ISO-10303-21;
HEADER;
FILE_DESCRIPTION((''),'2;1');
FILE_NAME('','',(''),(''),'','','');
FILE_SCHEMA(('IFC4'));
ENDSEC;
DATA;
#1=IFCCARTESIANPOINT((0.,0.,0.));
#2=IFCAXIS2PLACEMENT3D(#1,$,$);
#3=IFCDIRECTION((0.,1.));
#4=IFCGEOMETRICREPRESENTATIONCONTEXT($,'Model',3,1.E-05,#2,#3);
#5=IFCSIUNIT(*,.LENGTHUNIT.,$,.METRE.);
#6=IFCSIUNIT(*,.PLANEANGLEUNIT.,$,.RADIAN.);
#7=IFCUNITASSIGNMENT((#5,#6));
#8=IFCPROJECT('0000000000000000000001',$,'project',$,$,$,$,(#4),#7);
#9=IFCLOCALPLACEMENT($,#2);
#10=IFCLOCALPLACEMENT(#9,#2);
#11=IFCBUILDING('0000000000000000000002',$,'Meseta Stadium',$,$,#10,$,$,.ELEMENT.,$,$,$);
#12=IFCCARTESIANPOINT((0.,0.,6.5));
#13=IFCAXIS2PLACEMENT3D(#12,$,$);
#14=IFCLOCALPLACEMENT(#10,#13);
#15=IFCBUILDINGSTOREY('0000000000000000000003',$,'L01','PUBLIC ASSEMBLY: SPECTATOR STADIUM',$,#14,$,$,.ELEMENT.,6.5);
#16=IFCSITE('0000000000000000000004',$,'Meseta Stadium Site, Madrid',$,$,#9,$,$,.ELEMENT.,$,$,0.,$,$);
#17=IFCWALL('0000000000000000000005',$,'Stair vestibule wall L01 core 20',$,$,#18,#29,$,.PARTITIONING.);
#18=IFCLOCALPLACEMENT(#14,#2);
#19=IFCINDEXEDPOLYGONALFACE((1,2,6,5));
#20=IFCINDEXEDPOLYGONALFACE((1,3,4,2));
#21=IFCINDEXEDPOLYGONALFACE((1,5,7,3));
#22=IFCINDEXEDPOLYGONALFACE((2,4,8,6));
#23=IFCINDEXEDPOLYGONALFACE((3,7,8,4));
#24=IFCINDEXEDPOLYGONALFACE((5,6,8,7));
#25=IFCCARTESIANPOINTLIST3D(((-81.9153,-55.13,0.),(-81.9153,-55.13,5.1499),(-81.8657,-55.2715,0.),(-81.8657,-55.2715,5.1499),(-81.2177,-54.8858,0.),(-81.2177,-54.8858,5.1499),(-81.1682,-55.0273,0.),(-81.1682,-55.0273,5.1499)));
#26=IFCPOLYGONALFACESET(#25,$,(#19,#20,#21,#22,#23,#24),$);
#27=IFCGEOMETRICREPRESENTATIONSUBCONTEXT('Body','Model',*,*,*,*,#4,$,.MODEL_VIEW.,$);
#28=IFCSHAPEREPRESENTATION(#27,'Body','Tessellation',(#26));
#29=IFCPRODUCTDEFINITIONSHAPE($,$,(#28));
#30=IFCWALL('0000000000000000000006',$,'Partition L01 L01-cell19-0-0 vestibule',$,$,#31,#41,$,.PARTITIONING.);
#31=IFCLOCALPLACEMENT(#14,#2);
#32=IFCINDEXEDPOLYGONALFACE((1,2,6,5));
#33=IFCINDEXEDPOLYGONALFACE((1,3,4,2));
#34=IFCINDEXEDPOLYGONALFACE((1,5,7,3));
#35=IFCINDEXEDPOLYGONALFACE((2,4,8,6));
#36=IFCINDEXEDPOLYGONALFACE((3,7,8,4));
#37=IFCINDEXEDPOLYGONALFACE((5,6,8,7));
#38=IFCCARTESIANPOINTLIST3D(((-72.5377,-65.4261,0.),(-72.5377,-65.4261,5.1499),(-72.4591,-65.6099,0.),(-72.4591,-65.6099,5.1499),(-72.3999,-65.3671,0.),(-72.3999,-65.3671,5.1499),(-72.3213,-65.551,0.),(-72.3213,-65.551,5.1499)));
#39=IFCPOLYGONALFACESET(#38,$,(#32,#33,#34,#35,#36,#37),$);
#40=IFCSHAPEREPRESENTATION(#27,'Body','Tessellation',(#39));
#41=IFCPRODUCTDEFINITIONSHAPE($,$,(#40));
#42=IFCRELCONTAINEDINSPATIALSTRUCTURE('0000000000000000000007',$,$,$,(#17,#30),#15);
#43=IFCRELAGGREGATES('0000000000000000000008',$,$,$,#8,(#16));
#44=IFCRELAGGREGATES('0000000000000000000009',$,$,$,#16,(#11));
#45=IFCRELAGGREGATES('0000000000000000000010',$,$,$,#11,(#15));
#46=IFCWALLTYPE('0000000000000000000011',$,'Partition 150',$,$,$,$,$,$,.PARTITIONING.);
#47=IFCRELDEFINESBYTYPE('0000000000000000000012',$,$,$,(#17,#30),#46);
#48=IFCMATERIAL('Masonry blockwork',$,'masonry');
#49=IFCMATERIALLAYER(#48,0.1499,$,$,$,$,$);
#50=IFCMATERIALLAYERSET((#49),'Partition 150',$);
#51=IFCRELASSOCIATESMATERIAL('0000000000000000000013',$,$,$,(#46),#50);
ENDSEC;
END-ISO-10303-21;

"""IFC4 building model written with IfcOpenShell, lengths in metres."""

from ifc_helpers import new_model, si_unit, direction, frame, frame_2d, origin, place, context, subcontext, project, spatial, rectangle, extrude, material, layer, layer_set, type_object, element, save


model = new_model("IFC4")

# Units and contexts
model_context = context("Model", 3, precision=1e-05, world=origin(), true_north=direction((0.0, 1.0)))
body_context = subcontext(model_context, "Body", "Model", "MODEL_VIEW")
ifc_project = project(units=[si_unit("LENGTHUNIT", "METRE"), si_unit("PLANEANGLEUNIT", "RADIAN")], contexts=[model_context])

# Site, building, storey
site_placement = place(None, origin())
site = spatial("IfcSite", under=ifc_project, at=site_placement, Name="Meseta Stadium Site, Madrid", CompositionType="ELEMENT", RefElevation=0.0)
building_placement = place(site_placement, origin())
building = spatial("IfcBuilding", under=site, at=building_placement, Name="Meseta Stadium", CompositionType="ELEMENT")
storey_placement = place(building_placement, frame((0.0, 0.0, 6.5)))
storey = spatial("IfcBuildingStorey", under=building, at=storey_placement, Name="L01", Description="PUBLIC ASSEMBLY: SPECTATOR STADIUM", CompositionType="ELEMENT", Elevation=6.5)

# Shared definitions
ifc_material_1 = material(Name="Masonry blockwork", Category="masonry")
ifc_layer = layer(ifc_material_1, 0.1499)
ifc_layer_set = layer_set([ifc_layer], Name="Partition 150")
wall_type = type_object("IfcWallType", Name="Partition 150", PredefinedType="PARTITIONING", material=ifc_layer_set)

# Walls
wall_1_placement = place(storey_placement, frame((-81.1929, -54.9565, 0.0), z_axis=(0.0, 0.0, 1.0), x_axis=(-0.943853, -0.330365, 0.0)))
element("IfcWall", 1, at=wall_1_placement, inside=storey, type_object=wall_type, Name="Stair vestibule wall L01 core 20", PredefinedType="PARTITIONING", context=body_context, shape_type="SweptSolid", body=[
    extrude(rectangle(XDim=0.739, YDim=0.1499, at=frame_2d((0.3696, 0.0))), origin(), (0.0, 0.0, 1.0), 5.1499),
])
wall_2_placement = place(storey_placement, frame((-72.3901, -65.5806, 0.0), z_axis=(0.0, 0.0, 1.0), x_axis=(-0.393182, 0.919461, 0.0)))
element("IfcWall", 2, at=wall_2_placement, inside=storey, type_object=wall_type, Name="Partition L01 L01-cell19-0-0 vestibule", PredefinedType="PARTITIONING", context=body_context, shape_type="SweptSolid", body=[
    extrude(rectangle(XDim=0.2, YDim=0.1499, at=frame_2d((0.1001, 0.0))), origin(), (0.0, 0.0, 1.0), 5.1499),
])

save(model, "model.ifc")
